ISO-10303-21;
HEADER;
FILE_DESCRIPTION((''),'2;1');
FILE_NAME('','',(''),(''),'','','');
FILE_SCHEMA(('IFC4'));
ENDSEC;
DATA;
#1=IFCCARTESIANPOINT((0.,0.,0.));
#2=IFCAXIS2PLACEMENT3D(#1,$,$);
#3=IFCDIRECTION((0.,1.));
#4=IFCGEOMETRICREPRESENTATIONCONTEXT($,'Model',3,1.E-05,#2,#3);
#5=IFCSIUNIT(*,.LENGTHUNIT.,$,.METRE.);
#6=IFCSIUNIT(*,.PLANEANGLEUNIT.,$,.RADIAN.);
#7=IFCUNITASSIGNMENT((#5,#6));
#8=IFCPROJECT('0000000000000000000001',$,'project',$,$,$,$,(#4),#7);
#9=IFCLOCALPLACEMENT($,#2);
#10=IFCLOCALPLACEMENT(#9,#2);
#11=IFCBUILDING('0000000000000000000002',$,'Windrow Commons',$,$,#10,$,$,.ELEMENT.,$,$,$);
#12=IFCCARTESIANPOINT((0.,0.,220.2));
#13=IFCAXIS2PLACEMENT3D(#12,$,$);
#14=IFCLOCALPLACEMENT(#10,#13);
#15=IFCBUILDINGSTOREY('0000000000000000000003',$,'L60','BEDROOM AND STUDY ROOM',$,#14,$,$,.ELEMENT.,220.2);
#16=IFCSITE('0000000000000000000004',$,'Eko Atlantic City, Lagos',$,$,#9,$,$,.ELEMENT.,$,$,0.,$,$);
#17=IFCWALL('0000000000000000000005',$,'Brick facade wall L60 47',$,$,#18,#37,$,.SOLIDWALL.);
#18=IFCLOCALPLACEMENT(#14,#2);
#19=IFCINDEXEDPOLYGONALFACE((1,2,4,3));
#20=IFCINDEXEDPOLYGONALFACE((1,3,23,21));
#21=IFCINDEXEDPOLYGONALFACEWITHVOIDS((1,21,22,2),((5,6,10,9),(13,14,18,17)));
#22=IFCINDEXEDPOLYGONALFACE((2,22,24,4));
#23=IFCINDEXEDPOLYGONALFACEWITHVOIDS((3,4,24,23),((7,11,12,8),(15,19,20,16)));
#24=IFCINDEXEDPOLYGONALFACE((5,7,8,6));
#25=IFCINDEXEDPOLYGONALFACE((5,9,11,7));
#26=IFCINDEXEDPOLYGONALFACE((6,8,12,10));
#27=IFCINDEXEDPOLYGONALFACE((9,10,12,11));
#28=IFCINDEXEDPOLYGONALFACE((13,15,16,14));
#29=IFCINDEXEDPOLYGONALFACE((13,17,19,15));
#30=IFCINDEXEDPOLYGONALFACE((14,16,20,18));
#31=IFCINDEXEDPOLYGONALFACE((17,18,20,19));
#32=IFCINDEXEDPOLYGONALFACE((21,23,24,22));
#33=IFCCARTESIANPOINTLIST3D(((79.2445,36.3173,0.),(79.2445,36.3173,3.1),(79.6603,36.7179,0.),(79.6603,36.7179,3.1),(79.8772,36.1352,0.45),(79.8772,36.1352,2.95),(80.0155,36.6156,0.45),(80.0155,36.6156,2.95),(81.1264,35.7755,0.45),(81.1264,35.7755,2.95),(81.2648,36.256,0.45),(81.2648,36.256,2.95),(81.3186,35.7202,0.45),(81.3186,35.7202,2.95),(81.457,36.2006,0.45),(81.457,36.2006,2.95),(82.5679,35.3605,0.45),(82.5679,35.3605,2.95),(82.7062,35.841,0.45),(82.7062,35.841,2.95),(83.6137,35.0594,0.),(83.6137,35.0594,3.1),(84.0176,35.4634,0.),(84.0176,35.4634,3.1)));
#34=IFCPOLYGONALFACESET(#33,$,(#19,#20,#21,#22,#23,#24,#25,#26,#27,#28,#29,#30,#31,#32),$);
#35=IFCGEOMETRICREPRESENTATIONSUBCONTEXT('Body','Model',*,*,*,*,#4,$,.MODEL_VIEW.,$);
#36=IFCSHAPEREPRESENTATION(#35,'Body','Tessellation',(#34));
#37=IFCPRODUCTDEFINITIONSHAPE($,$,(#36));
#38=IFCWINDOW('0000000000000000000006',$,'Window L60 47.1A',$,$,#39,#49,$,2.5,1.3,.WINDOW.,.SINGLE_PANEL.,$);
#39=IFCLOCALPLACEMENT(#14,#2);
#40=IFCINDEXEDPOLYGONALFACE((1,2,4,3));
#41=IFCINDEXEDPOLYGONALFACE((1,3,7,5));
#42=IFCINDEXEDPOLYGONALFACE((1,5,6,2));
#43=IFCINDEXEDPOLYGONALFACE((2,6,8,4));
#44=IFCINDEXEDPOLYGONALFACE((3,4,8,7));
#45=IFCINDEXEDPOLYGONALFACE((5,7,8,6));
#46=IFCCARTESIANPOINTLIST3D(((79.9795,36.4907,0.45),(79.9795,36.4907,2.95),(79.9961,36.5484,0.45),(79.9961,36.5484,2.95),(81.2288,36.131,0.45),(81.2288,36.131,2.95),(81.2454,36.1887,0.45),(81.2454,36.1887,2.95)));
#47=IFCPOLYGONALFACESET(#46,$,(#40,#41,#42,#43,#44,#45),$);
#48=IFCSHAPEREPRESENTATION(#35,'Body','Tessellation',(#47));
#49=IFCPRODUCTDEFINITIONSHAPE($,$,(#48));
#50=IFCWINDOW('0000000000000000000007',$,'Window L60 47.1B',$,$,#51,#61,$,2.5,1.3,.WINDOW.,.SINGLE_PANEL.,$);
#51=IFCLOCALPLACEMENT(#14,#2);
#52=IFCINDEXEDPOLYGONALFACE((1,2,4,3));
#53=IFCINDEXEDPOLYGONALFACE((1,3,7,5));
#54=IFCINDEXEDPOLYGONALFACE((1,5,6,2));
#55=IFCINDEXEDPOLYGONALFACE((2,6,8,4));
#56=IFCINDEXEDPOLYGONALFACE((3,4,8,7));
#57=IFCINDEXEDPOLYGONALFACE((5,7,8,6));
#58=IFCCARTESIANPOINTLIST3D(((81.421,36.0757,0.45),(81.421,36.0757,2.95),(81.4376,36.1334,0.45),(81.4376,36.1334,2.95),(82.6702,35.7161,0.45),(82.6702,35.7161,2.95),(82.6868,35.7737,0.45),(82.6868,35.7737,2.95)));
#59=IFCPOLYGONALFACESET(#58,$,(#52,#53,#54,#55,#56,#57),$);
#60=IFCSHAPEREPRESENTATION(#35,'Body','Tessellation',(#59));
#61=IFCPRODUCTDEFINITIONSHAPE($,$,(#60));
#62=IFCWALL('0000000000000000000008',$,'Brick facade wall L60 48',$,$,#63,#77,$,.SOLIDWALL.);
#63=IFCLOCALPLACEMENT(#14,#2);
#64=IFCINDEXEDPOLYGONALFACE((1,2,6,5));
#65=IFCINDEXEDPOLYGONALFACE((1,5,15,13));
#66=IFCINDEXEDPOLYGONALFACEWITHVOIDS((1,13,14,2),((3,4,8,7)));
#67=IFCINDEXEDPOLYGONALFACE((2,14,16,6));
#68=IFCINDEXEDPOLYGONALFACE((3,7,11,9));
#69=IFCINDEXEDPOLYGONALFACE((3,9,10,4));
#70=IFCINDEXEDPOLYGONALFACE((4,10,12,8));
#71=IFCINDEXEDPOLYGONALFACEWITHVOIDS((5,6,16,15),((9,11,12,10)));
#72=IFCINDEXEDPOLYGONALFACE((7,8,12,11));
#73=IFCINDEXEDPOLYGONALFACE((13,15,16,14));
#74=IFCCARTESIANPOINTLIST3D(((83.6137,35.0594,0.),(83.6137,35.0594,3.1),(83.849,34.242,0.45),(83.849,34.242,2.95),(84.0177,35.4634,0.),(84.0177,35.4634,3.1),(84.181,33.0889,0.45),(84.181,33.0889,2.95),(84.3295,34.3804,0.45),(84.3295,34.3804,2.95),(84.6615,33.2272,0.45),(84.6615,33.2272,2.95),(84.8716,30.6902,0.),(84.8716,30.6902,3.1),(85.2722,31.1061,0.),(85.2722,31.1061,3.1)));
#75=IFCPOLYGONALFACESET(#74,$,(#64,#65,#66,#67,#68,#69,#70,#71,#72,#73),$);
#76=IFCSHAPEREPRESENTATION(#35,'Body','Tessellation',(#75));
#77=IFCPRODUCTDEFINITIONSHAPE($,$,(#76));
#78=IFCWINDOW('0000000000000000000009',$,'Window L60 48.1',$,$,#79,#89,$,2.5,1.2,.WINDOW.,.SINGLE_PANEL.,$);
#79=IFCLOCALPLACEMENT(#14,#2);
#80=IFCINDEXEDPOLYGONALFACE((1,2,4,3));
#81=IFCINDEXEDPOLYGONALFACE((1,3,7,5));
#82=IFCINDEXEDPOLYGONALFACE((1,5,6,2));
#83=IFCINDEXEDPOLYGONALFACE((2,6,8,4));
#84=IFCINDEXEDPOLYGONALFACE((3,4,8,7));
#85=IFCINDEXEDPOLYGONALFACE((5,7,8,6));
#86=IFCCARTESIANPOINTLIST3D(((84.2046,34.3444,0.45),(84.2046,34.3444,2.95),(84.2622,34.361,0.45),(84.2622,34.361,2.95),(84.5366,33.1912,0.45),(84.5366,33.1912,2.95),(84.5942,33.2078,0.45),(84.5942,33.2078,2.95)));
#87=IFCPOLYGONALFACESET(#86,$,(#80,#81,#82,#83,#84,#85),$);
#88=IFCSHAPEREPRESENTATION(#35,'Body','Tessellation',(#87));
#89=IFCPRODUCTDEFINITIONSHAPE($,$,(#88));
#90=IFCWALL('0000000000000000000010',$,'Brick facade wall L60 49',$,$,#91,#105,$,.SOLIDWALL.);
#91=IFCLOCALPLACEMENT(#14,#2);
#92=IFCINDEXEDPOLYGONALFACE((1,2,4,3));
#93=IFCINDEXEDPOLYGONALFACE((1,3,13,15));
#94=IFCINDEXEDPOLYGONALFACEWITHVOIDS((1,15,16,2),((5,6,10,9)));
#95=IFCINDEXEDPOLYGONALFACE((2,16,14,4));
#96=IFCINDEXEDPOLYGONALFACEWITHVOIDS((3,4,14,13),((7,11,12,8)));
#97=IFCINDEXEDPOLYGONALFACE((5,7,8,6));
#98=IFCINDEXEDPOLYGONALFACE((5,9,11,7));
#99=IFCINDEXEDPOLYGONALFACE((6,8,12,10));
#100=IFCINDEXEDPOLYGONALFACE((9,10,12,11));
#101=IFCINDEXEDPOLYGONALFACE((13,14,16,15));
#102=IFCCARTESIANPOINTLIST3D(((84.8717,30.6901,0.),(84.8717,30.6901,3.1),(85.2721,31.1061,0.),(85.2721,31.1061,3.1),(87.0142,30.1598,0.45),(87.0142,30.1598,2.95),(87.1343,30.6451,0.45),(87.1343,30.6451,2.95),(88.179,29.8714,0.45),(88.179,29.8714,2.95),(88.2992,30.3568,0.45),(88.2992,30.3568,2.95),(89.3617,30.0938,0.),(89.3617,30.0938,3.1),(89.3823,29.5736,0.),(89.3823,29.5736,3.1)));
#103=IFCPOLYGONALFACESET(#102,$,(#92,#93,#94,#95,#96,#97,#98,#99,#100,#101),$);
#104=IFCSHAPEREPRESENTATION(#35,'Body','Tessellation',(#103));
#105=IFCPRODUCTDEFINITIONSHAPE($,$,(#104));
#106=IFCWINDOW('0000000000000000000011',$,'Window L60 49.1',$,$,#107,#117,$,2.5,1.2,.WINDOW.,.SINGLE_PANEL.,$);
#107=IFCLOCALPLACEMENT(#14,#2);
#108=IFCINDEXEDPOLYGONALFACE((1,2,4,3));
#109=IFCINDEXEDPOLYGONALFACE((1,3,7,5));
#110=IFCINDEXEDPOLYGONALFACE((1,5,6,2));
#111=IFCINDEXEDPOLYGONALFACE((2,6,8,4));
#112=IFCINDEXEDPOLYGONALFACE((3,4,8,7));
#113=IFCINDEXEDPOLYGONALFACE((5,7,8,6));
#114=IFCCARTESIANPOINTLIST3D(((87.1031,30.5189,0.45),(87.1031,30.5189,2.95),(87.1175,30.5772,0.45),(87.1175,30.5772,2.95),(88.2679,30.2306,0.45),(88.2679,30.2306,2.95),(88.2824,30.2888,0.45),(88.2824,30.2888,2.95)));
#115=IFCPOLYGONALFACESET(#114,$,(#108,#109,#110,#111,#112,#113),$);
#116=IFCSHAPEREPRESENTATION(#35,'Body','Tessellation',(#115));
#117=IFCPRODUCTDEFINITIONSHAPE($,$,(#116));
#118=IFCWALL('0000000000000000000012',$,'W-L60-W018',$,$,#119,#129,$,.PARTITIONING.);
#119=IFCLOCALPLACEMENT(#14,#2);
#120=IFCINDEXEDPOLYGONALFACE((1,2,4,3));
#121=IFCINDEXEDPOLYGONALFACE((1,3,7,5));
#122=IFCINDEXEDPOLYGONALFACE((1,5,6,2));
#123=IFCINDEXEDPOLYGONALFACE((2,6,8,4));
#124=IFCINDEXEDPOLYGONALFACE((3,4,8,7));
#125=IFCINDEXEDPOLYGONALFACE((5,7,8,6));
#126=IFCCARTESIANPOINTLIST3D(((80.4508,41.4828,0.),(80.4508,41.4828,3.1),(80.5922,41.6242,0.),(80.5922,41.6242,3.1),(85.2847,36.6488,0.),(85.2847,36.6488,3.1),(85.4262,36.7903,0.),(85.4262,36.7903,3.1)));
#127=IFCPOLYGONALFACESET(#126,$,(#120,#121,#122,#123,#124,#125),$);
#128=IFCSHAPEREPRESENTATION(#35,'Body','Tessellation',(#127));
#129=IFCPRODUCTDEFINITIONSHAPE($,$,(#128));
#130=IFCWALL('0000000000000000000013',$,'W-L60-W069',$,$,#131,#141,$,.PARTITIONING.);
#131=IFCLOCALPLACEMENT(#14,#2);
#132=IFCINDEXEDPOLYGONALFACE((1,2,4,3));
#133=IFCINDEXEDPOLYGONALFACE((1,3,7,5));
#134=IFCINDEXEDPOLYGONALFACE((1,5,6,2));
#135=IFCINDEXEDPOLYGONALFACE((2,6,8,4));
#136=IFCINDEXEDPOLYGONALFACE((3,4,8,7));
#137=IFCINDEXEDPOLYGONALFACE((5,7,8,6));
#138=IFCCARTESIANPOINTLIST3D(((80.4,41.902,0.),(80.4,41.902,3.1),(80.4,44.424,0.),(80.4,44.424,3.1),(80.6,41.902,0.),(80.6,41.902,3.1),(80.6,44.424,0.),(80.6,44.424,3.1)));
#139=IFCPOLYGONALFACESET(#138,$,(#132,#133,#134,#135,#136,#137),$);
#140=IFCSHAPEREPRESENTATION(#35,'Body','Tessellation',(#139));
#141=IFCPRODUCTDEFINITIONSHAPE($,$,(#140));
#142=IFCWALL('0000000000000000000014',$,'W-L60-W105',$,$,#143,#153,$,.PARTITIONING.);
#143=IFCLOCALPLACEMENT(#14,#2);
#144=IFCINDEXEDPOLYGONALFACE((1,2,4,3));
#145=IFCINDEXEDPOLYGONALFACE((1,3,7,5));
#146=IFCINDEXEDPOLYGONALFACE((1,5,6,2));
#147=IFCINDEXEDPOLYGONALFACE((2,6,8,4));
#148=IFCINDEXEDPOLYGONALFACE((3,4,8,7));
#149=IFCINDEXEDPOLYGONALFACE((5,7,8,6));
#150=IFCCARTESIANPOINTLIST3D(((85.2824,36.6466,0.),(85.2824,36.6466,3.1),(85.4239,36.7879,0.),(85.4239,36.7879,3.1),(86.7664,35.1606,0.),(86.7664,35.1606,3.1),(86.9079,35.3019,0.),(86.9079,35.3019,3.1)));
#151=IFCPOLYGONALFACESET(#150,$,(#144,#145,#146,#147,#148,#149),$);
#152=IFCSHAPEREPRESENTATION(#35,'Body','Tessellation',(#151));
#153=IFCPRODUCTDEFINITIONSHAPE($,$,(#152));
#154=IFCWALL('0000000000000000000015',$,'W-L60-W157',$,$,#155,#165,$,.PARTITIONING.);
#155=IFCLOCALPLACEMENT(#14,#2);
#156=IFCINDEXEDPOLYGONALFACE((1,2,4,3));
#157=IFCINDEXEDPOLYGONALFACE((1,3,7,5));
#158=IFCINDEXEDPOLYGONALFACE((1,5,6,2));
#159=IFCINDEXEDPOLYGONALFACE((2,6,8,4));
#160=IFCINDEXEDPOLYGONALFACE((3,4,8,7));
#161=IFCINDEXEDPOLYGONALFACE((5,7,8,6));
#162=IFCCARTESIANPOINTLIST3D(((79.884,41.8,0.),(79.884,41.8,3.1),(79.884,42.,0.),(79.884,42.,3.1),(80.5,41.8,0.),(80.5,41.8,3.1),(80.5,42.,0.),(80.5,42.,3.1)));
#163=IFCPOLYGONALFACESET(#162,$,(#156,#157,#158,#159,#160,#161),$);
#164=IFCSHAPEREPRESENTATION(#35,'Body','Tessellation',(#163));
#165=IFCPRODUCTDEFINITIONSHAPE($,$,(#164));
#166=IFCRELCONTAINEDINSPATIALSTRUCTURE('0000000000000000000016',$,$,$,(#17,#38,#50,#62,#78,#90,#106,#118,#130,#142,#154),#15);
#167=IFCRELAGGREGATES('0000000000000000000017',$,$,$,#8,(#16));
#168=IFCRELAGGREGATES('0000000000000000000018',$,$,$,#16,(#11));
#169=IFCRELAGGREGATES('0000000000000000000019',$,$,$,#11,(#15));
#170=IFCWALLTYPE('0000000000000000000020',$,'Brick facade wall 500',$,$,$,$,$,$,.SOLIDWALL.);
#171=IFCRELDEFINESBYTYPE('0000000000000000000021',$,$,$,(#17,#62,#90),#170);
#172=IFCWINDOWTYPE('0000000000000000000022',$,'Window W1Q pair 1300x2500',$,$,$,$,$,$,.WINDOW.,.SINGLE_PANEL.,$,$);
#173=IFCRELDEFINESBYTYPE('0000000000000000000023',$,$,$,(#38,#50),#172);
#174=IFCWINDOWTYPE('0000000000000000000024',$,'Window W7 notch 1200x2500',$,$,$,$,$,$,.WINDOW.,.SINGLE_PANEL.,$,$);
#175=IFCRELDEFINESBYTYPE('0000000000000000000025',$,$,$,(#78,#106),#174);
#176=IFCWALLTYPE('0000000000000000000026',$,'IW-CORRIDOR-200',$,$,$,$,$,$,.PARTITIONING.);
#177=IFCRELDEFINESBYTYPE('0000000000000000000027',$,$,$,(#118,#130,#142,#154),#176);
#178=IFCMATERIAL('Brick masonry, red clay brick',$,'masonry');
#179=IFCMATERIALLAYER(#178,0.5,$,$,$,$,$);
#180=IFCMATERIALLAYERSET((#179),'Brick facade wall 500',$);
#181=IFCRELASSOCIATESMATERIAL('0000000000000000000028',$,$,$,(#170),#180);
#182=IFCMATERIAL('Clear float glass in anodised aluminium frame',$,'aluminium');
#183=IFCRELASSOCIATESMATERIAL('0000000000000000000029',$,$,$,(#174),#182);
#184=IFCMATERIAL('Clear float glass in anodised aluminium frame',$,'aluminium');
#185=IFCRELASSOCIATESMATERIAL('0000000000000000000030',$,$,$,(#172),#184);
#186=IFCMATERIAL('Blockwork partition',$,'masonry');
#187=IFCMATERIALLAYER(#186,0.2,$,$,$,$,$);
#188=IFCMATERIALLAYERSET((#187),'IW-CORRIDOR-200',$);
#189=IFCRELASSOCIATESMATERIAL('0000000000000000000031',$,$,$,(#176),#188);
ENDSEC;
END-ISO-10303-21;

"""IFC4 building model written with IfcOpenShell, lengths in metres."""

from ifc_helpers import new_model, si_unit, direction, frame, frame_2d, origin, place, context, subcontext, project, spatial, polyline, rectangle, outline, extrude, material, layer, layer_set, type_object, element, fill, save


model = new_model("IFC4")

# Units and contexts
model_context = context("Model", 3, precision=1e-05, world=origin(), true_north=direction((0.0, 1.0)))
body_context = subcontext(model_context, "Body", "Model", "MODEL_VIEW")
ifc_project = project(units=[si_unit("LENGTHUNIT", "METRE"), si_unit("PLANEANGLEUNIT", "RADIAN")], contexts=[model_context])

# Site, building, storey
site_placement = place(None, origin())
site = spatial("IfcSite", under=ifc_project, at=site_placement, Name="Eko Atlantic City, Lagos", CompositionType="ELEMENT", RefElevation=0.0)
building_placement = place(site_placement, origin())
building = spatial("IfcBuilding", under=site, at=building_placement, Name="Windrow Commons", CompositionType="ELEMENT")
storey_placement = place(building_placement, frame((0.0, 0.0, 220.2)))
storey = spatial("IfcBuildingStorey", under=building, at=storey_placement, Name="L60", Description="BEDROOM AND STUDY ROOM", CompositionType="ELEMENT", Elevation=220.2)

# Shared definitions
ifc_material_1 = material(Name="Brick masonry, red clay brick", Category="masonry")
ifc_layer_1 = layer(ifc_material_1, 0.5)
ifc_layer_set_1 = layer_set([ifc_layer_1], Name="Brick facade wall 500")
wall_type_1 = type_object("IfcWallType", Name="Brick facade wall 500", PredefinedType="SOLIDWALL", material=ifc_layer_set_1)
ifc_material_2 = material(Name="Clear float glass in anodised aluminium frame", Category="aluminium")
window_type_1 = type_object("IfcWindowType", Name="Window W7 notch 1200x2500", PartitioningType="SINGLE_PANEL", PredefinedType="WINDOW", material=ifc_material_2)

# Wall, openings, windows
wall_1_placement = place(storey_placement, frame((79.4524, 36.5176, 0.0), z_axis=(0.0, 0.0, 1.0), x_axis=(0.960967, -0.276664, 0.0)))
wall_1 = element("IfcWall", 1, at=wall_1_placement, inside=storey, type_object=wall_type_1, Name="Brick facade wall L60 47", PredefinedType="SOLIDWALL", context=body_context, shape_type="SweptSolid", body=[
    extrude(outline(polyline([(-0.1444, -0.25), (4.4023, -0.25), (4.6787, 0.25), (0.1444, 0.25), (-0.1444, -0.25)])), origin(), (0.0, 0.0, 1.0), 3.1),
])
opening_1_placement = place(wall_1_placement, frame((0.514, 0.0, 0.45)))
opening_1 = element("IfcOpeningElement", 2, at=opening_1_placement, cuts=wall_1, PredefinedType="OPENING", context=body_context, shape_type="SweptSolid", body=[
    extrude(rectangle(XDim=1.3, YDim=2.5, at=frame_2d((0.65, 1.25))), frame((0.0, 0.26, 0.0), z_axis=(0.0, -1.0, 0.0), x_axis=(1.0, 0.0, 0.0)), (0.0, 0.0, 1.0), 0.52),
])
opening_2_placement = place(wall_1_placement, frame((2.014, 0.0, 0.45)))
opening_2 = element("IfcOpeningElement", 3, at=opening_2_placement, cuts=wall_1, PredefinedType="OPENING", context=body_context, shape_type="SweptSolid", body=[
    extrude(rectangle(XDim=1.3, YDim=2.5, at=frame_2d((0.65, 1.25))), frame((0.0, 0.26, 0.0), z_axis=(0.0, -1.0, 0.0), x_axis=(1.0, 0.0, 0.0)), (0.0, 0.0, 1.0), 0.52),
])
ifc_material_3 = material(Name="Clear float glass in anodised aluminium frame", Category="aluminium")
window_type_2 = type_object("IfcWindowType", Name="Window W1Q pair 1300x2500", PartitioningType="SINGLE_PANEL", PredefinedType="WINDOW", material=ifc_material_3)
window_1_placement = place(opening_1_placement, origin())
window_1 = element("IfcWindow", 4, at=window_1_placement, inside=storey, type_object=window_type_2, Name="Window L60 47.1A", OverallHeight=2.5, OverallWidth=1.3, PartitioningType="SINGLE_PANEL", PredefinedType="WINDOW", context=body_context, shape_type="SweptSolid", body=[
    extrude(rectangle(XDim=1.3, YDim=2.5, at=frame_2d((0.65, 1.25))), frame((0.0, 0.18, 0.0), z_axis=(0.0, -1.0, 0.0), x_axis=(1.0, 0.0, 0.0)), (0.0, 0.0, 1.0), 0.06),
])
fill(opening_1, window_1)
window_2_placement = place(opening_2_placement, origin())
window_2 = element("IfcWindow", 5, at=window_2_placement, inside=storey, type_object=window_type_2, Name="Window L60 47.1B", OverallHeight=2.5, OverallWidth=1.3, PartitioningType="SINGLE_PANEL", PredefinedType="WINDOW", context=body_context, shape_type="SweptSolid", body=[
    extrude(rectangle(XDim=1.3, YDim=2.5, at=frame_2d((0.65, 1.25))), frame((0.0, 0.18, 0.0), z_axis=(0.0, -1.0, 0.0), x_axis=(1.0, 0.0, 0.0)), (0.0, 0.0, 1.0), 0.06),
])
fill(opening_2, window_2)

# Walls, openings, windows
wall_2_placement = place(storey_placement, frame((83.8157, 35.2614, 0.0), z_axis=(0.0, 0.0, 1.0), x_axis=(0.276664, -0.960967, 0.0)))
wall_2 = element("IfcWall", 6, at=wall_2_placement, inside=storey, type_object=wall_type_1, Name="Brick facade wall L60 48", PredefinedType="SOLIDWALL", context=body_context, shape_type="SweptSolid", body=[
    extrude(outline(polyline([(0.1382, -0.25), (4.6849, -0.25), (4.3961, 0.25), (-0.1382, 0.25), (0.1382, -0.25)])), origin(), (0.0, 0.0, 1.0), 3.1),
])
opening_3_placement = place(wall_2_placement, frame((0.9888, 0.0, 0.45)))
opening_3 = element("IfcOpeningElement", 7, at=opening_3_placement, cuts=wall_2, PredefinedType="OPENING", context=body_context, shape_type="SweptSolid", body=[
    extrude(rectangle(XDim=1.2, YDim=2.5, at=frame_2d((0.6, 1.25))), frame((0.0, 0.26, 0.0), z_axis=(0.0, -1.0, 0.0), x_axis=(1.0, 0.0, 0.0)), (0.0, 0.0, 1.0), 0.52),
])
window_3_placement = place(opening_3_placement, origin())
window_3 = element("IfcWindow", 8, at=window_3_placement, inside=storey, type_object=window_type_1, Name="Window L60 48.1", OverallHeight=2.5, OverallWidth=1.2, PartitioningType="SINGLE_PANEL", PredefinedType="WINDOW", context=body_context, shape_type="SweptSolid", body=[
    extrude(rectangle(XDim=1.2, YDim=2.5, at=frame_2d((0.6, 1.25))), frame((0.0, 0.18, 0.0), z_axis=(0.0, -1.0, 0.0), x_axis=(1.0, 0.0, 0.0)), (0.0, 0.0, 1.0), 0.06),
])
fill(opening_3, window_3)
wall_3_placement = place(storey_placement, frame((85.0719, 30.8981, 0.0), z_axis=(0.0, 0.0, 1.0), x_axis=(0.970704, -0.240278, 0.0)))
wall_3 = element("IfcWall", 9, at=wall_3_placement, inside=storey, type_object=wall_type_1, Name="Brick facade wall L60 49", PredefinedType="SOLIDWALL", context=body_context, shape_type="SweptSolid", body=[
    extrude(outline(polyline([(-0.1444, -0.25), (4.5024, -0.25), (4.3574, 0.25), (0.1444, 0.25), (-0.1444, -0.25)])), origin(), (0.0, 0.0, 1.0), 3.1),
])
opening_4_placement = place(wall_3_placement, frame((2.0628, 0.0, 0.45)))
opening_4 = element("IfcOpeningElement", 10, at=opening_4_placement, cuts=wall_3, PredefinedType="OPENING", context=body_context, shape_type="SweptSolid", body=[
    extrude(rectangle(XDim=1.2, YDim=2.5, at=frame_2d((0.6, 1.25))), frame((0.0, 0.26, 0.0), z_axis=(0.0, -1.0, 0.0), x_axis=(1.0, 0.0, 0.0)), (0.0, 0.0, 1.0), 0.52),
])
window_4_placement = place(opening_4_placement, origin())
window_4 = element("IfcWindow", 11, at=window_4_placement, inside=storey, type_object=window_type_1, Name="Window L60 49.1", OverallHeight=2.5, OverallWidth=1.2, PartitioningType="SINGLE_PANEL", PredefinedType="WINDOW", context=body_context, shape_type="SweptSolid", body=[
    extrude(rectangle(XDim=1.2, YDim=2.5, at=frame_2d((0.6, 1.25))), frame((0.0, 0.18, 0.0), z_axis=(0.0, -1.0, 0.0), x_axis=(1.0, 0.0, 0.0)), (0.0, 0.0, 1.0), 0.06),
])
fill(opening_4, window_4)

# Walls
ifc_material_4 = material(Name="Blockwork partition", Category="masonry")
ifc_layer_2 = layer(ifc_material_4, 0.2)
ifc_layer_set_2 = layer_set([ifc_layer_2], Name="IW-CORRIDOR-200")
wall_type_2 = type_object("IfcWallType", Name="IW-CORRIDOR-200", PredefinedType="PARTITIONING", material=ifc_layer_set_2)
wall_4_placement = place(storey_placement, frame((80.5215, 41.5535, 0.0), z_axis=(0.0, 0.0, 1.0), x_axis=(0.707107, -0.707107, 0.0)))
element("IfcWall", 12, at=wall_4_placement, inside=storey, type_object=wall_type_2, Name="W-L60-W018", PredefinedType="PARTITIONING", context=body_context, shape_type="SweptSolid", body=[
    extrude(rectangle(XDim=6.8363, YDim=0.2, at=frame_2d((3.4181, 0.0))), origin(), (0.0, 0.0, 1.0), 3.1),
])
wall_5_placement = place(storey_placement, frame((80.5, 41.902, 0.0), z_axis=(0.0, 0.0, 1.0), x_axis=(0.0, 1.0, 0.0)))
element("IfcWall", 13, at=wall_5_placement, inside=storey, type_object=wall_type_2, Name="W-L60-W069", PredefinedType="PARTITIONING", context=body_context, shape_type="SweptSolid", body=[
    extrude(rectangle(XDim=2.522, YDim=0.2, at=frame_2d((1.261, 0.0))), origin(), (0.0, 0.0, 1.0), 3.1),
])
wall_6_placement = place(storey_placement, frame((85.3532, 36.7172, 0.0), z_axis=(0.0, 0.0, 1.0), x_axis=(0.70663, -0.707583, 0.0)))
element("IfcWall", 14, at=wall_6_placement, inside=storey, type_object=wall_type_2, Name="W-L60-W105", PredefinedType="PARTITIONING", context=body_context, shape_type="SweptSolid", body=[
    extrude(rectangle(XDim=2.1001, YDim=0.2, at=frame_2d((1.05, 0.0))), origin(), (0.0, 0.0, 1.0), 3.1),
])
wall_7_placement = place(storey_placement, frame((79.884, 41.9, 0.0), z_axis=(0.0, 0.0, 1.0), x_axis=(1.0, 0.0, 0.0)))
element("IfcWall", 15, at=wall_7_placement, inside=storey, type_object=wall_type_2, Name="W-L60-W157", PredefinedType="PARTITIONING", context=body_context, shape_type="SweptSolid", body=[
    extrude(rectangle(XDim=0.616, YDim=0.2, at=frame_2d((0.308, 0.0))), origin(), (0.0, 0.0, 1.0), 3.1),
])

save(model, "model.ifc")
